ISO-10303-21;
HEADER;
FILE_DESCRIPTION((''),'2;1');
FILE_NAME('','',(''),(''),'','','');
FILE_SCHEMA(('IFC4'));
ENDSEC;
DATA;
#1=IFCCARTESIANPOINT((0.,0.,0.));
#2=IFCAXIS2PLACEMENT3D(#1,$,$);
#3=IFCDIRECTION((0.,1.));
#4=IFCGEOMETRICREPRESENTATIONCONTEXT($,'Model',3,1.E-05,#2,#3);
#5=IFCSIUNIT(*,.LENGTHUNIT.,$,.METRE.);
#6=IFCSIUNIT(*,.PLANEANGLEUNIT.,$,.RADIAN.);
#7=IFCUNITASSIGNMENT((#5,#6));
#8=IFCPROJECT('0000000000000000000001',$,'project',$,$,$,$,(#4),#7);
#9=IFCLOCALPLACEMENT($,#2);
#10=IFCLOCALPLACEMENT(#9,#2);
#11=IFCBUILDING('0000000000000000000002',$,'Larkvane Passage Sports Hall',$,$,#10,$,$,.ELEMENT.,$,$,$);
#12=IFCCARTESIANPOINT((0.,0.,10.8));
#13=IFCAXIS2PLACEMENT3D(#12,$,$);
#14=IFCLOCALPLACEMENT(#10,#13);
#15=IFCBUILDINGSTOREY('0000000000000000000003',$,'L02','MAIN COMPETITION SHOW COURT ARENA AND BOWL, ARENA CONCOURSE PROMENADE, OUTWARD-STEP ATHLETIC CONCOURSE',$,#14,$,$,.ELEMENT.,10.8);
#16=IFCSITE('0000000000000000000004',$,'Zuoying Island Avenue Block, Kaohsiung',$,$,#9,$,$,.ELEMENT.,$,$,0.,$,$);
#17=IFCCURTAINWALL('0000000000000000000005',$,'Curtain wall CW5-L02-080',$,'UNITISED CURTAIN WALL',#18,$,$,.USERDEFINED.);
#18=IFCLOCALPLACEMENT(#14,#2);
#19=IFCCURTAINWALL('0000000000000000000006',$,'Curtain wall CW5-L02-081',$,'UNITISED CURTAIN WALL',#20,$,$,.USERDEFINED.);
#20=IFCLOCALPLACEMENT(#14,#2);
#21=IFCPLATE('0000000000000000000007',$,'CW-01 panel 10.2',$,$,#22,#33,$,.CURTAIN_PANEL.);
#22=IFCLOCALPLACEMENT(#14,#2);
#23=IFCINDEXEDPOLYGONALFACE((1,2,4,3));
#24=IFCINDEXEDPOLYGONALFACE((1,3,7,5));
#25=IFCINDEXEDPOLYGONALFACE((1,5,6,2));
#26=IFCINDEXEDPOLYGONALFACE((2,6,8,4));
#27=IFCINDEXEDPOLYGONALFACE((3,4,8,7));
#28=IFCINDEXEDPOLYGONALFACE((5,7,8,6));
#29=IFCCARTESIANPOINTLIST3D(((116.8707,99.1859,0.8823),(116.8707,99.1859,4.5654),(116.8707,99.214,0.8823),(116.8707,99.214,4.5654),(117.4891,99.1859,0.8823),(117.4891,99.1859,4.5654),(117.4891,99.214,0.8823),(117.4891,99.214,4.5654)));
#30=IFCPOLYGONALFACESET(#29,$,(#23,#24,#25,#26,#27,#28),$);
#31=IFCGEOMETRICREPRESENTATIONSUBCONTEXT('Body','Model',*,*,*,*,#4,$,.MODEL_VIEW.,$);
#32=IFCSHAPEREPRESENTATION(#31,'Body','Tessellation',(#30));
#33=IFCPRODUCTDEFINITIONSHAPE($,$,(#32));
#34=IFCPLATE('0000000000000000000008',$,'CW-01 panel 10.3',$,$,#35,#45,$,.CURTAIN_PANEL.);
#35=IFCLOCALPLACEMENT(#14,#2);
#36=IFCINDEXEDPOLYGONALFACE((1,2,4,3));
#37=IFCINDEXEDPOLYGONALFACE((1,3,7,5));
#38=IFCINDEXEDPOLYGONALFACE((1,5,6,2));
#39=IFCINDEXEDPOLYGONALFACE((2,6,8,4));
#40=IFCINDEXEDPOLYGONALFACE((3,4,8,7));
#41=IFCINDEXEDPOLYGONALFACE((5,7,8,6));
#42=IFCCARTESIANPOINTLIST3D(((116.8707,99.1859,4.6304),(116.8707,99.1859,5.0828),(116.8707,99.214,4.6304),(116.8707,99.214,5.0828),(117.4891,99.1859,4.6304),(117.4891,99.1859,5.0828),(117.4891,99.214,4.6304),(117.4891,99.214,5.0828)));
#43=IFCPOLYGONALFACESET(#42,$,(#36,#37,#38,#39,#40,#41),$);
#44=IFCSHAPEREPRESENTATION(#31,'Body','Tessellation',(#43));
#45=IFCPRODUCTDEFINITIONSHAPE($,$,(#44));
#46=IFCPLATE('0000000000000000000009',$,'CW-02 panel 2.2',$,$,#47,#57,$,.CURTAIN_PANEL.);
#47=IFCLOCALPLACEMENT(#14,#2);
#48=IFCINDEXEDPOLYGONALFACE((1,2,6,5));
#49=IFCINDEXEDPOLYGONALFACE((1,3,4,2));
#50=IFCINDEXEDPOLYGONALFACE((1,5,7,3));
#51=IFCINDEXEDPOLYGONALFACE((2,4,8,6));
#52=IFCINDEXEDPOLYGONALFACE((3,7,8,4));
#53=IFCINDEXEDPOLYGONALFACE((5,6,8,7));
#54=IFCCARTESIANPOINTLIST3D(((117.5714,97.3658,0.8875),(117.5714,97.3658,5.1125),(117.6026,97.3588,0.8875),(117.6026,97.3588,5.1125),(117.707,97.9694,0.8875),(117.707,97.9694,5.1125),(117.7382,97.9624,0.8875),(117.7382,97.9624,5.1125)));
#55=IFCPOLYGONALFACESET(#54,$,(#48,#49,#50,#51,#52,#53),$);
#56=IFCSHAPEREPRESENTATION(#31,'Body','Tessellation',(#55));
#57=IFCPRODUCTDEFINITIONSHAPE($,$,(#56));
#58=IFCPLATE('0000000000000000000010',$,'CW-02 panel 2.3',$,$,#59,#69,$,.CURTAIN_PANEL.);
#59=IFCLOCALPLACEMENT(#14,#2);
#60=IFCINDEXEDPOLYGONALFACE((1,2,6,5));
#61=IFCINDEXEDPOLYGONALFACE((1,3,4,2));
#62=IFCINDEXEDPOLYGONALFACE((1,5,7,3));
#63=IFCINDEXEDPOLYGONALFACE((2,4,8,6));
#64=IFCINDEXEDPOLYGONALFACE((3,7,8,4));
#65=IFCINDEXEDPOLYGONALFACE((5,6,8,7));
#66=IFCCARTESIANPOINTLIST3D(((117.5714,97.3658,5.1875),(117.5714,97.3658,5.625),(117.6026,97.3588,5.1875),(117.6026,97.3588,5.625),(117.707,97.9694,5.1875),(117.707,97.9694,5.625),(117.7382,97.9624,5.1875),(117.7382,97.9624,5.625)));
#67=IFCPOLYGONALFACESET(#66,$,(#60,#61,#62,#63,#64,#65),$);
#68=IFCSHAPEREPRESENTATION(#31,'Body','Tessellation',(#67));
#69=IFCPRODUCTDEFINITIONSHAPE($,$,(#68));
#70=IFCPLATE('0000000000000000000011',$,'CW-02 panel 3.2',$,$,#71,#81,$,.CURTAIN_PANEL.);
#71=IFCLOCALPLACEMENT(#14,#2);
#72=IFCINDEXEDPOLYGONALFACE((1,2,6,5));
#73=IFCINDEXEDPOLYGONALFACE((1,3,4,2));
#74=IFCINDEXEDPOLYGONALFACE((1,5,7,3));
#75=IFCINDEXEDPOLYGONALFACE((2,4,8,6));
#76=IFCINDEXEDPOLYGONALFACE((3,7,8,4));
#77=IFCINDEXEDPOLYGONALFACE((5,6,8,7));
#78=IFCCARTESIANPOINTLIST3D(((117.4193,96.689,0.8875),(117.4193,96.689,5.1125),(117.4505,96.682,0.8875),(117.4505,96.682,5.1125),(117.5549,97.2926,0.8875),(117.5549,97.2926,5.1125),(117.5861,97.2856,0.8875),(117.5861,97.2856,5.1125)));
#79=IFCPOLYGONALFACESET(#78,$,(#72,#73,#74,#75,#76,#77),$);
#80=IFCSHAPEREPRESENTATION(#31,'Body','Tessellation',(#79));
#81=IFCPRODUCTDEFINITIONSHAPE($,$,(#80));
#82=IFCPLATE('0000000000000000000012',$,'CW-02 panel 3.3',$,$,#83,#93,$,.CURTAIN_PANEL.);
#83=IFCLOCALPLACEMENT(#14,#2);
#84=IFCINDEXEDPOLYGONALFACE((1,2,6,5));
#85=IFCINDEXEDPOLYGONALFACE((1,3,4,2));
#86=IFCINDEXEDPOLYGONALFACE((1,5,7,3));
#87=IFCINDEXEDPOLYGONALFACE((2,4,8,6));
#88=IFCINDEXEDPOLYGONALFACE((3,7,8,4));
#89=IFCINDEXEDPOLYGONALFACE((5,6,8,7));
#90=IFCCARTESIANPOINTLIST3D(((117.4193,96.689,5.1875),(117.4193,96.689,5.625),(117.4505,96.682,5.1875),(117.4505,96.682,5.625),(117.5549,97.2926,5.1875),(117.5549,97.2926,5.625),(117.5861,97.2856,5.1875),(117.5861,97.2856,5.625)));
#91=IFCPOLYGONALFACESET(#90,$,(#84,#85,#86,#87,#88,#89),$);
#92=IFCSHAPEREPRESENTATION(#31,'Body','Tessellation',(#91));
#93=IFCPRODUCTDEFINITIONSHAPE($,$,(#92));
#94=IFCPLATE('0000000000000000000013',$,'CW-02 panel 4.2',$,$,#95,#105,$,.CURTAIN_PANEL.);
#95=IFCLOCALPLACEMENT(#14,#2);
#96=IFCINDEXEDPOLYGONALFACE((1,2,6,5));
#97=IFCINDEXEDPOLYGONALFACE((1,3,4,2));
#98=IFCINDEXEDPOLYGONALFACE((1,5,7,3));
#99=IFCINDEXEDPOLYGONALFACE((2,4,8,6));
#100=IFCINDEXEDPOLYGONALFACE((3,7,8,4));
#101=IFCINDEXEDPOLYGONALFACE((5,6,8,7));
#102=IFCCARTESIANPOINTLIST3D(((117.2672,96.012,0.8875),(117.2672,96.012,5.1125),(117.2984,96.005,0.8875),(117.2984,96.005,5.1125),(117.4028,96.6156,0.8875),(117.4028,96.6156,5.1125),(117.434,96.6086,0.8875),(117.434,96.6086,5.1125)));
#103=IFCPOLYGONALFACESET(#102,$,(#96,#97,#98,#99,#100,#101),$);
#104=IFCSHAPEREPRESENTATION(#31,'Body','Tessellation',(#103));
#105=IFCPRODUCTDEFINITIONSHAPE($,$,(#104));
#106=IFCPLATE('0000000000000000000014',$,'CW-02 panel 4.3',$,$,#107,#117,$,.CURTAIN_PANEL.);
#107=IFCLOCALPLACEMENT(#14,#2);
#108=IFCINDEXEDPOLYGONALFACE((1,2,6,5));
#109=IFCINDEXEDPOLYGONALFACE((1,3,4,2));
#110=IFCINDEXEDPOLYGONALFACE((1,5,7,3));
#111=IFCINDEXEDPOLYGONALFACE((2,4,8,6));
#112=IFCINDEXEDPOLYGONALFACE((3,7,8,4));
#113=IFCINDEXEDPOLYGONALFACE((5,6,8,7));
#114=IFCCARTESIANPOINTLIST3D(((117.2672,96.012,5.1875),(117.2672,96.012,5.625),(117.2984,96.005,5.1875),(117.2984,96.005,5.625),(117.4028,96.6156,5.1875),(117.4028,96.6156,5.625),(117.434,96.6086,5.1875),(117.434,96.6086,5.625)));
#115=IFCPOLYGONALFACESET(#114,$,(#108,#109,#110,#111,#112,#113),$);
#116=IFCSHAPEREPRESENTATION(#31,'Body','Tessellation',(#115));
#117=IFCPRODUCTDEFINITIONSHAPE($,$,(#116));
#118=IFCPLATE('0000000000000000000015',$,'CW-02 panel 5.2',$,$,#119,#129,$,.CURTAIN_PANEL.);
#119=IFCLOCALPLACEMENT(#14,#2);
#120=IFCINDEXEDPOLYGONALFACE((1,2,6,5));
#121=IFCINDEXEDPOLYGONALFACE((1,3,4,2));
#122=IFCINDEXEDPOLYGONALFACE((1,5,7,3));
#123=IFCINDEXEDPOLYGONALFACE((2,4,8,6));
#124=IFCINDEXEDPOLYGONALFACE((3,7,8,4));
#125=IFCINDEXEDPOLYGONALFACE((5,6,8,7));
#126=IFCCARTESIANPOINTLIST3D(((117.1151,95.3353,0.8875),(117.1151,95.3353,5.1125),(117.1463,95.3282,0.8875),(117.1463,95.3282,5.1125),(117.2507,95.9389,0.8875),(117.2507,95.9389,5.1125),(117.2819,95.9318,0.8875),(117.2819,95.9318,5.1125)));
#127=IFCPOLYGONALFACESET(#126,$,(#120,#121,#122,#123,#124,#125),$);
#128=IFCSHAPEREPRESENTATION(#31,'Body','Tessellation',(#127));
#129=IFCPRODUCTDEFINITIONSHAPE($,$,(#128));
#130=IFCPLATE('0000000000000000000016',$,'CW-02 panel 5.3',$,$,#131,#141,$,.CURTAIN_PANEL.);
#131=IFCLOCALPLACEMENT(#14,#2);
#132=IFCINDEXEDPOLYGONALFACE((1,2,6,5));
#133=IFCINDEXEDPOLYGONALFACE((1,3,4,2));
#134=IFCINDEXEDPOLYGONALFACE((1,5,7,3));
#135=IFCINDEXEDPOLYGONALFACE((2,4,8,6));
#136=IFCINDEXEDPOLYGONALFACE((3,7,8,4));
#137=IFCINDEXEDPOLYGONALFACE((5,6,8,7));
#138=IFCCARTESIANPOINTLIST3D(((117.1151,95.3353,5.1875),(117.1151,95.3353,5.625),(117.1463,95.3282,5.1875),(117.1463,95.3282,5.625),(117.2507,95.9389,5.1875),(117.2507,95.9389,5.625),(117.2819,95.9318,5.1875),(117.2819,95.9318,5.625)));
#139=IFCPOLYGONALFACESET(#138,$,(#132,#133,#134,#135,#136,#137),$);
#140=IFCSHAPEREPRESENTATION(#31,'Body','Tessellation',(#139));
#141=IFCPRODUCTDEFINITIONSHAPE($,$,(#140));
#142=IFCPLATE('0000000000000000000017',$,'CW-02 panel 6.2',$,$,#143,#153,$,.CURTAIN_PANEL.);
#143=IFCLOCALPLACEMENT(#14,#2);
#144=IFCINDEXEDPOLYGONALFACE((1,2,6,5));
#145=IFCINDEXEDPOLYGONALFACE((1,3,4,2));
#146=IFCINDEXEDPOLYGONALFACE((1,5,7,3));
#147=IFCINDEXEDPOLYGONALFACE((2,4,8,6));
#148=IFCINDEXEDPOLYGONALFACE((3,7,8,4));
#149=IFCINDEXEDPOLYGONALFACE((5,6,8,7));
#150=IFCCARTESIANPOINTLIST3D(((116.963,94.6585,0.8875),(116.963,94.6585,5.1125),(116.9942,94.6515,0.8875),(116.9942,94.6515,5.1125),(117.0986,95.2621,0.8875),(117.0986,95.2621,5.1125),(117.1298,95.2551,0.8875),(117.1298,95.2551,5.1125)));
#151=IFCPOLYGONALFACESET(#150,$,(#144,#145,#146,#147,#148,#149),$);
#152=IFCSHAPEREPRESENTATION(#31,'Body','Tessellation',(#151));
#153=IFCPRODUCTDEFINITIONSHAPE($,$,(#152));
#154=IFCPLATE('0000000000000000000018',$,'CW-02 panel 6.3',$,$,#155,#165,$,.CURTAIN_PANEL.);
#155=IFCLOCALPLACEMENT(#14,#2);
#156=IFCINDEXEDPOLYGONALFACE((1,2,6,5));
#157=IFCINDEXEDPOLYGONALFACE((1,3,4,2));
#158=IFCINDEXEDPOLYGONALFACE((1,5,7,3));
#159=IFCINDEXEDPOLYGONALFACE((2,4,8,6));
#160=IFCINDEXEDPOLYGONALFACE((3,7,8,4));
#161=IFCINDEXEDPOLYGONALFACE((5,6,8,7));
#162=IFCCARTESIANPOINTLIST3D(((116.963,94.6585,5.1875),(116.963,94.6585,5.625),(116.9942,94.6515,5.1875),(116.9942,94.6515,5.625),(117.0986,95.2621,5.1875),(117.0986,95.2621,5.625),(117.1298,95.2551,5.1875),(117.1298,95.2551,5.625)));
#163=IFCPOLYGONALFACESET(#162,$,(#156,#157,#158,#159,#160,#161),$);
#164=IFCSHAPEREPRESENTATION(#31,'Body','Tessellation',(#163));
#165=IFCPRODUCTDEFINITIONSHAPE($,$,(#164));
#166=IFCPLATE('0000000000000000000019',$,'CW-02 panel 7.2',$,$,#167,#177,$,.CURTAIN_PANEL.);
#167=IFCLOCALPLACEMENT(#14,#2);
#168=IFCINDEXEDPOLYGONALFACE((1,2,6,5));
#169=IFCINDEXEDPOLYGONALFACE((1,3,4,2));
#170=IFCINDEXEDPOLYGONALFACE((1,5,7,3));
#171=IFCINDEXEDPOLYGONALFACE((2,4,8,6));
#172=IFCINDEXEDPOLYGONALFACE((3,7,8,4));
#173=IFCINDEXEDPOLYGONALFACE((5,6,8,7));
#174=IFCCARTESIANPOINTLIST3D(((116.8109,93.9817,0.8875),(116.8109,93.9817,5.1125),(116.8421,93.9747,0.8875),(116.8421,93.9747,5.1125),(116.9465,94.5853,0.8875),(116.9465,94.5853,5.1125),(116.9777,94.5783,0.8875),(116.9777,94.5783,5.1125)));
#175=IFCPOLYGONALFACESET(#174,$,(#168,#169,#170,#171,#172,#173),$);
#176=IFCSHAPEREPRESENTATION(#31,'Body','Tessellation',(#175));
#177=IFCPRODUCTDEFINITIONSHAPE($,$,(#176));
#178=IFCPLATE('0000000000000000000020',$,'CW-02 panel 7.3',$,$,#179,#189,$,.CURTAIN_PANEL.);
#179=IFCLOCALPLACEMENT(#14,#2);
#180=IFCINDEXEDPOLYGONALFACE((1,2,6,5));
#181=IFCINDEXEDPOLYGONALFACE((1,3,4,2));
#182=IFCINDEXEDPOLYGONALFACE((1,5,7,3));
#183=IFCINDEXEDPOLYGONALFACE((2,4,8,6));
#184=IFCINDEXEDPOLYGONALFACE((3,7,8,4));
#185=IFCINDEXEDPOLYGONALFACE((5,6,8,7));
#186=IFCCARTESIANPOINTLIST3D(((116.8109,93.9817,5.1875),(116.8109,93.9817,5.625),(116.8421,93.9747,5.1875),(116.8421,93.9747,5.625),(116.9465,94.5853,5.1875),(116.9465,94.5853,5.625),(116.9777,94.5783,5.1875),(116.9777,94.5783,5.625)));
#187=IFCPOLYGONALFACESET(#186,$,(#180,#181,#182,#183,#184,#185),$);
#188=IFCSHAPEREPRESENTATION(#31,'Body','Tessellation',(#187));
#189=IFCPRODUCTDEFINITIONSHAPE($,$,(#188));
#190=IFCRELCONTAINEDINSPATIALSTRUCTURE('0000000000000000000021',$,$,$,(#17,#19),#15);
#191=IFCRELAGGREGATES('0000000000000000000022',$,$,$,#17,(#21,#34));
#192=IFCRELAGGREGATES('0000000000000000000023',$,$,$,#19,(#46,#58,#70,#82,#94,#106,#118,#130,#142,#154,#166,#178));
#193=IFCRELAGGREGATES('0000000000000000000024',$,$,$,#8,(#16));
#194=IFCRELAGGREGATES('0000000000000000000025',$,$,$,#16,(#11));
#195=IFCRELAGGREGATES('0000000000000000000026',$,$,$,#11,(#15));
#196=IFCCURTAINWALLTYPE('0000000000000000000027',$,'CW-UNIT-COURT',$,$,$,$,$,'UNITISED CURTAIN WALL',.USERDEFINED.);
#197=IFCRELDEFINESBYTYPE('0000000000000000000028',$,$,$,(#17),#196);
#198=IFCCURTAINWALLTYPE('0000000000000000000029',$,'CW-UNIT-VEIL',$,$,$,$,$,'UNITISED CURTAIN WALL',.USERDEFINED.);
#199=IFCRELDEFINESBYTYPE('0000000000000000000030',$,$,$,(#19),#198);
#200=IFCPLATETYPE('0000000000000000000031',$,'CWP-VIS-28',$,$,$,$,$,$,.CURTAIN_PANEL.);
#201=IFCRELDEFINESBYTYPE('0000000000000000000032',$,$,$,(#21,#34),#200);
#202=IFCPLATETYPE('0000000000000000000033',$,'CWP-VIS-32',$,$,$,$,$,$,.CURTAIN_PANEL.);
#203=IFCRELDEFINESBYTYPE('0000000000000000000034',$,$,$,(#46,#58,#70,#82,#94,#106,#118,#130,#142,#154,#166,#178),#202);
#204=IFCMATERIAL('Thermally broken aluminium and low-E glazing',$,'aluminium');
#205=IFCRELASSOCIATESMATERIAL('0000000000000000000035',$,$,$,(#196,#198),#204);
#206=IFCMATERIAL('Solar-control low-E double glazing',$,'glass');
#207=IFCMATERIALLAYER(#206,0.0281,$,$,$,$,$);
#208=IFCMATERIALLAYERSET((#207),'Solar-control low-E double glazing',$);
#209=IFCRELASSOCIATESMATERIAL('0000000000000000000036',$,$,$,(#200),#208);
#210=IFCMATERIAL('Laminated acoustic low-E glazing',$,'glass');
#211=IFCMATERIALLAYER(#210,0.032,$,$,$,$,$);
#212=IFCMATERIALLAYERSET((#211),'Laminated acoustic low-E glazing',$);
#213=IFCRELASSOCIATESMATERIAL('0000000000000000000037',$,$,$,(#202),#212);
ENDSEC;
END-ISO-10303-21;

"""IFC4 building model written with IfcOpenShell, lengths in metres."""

from ifc_helpers import new_model, si_unit, direction, frame, origin, origin_2d, place, context, subcontext, project, spatial, rectangle, extrude, material, layer, layer_set, type_object, element, aggregate, save


model = new_model("IFC4")

# Units and contexts
model_context = context("Model", 3, precision=1e-05, world=origin(), true_north=direction((0.0, 1.0)))
body_context = subcontext(model_context, "Body", "Model", "MODEL_VIEW")
ifc_project = project(units=[si_unit("LENGTHUNIT", "METRE"), si_unit("PLANEANGLEUNIT", "RADIAN")], contexts=[model_context])

# Site, building, storey
site_placement = place(None, origin())
site = spatial("IfcSite", under=ifc_project, at=site_placement, Name="Zuoying Island Avenue Block, Kaohsiung", CompositionType="ELEMENT", RefElevation=0.0)
building_placement = place(site_placement, origin())
building = spatial("IfcBuilding", under=site, at=building_placement, Name="Larkvane Passage Sports Hall", CompositionType="ELEMENT")
storey_placement = place(building_placement, frame((0.0, 0.0, 10.8)))
storey = spatial("IfcBuildingStorey", under=building, at=storey_placement, Name="L02", Description="MAIN COMPETITION SHOW COURT ARENA AND BOWL, ARENA CONCOURSE PROMENADE, OUTWARD-STEP ATHLETIC CONCOURSE", CompositionType="ELEMENT", Elevation=10.8)

# Curtain wall
ifc_material_1 = material(Name="Thermally broken aluminium and low-E glazing", Category="aluminium")
curtain_wall_type_1 = type_object("IfcCurtainWallType", Name="CW-UNIT-COURT", ElementType="UNITISED CURTAIN WALL", PredefinedType="USERDEFINED", material=ifc_material_1)
curtain_wall_1_placement = place(storey_placement, origin())
curtain_wall_1 = element("IfcCurtainWall", 1, at=curtain_wall_1_placement, inside=storey, type_object=curtain_wall_type_1, Name="Curtain wall CW5-L02-080", ObjectType="UNITISED CURTAIN WALL", PredefinedType="USERDEFINED")

# Curtain wall
curtain_wall_type_2 = type_object("IfcCurtainWallType", Name="CW-UNIT-VEIL", ElementType="UNITISED CURTAIN WALL", PredefinedType="USERDEFINED", material=ifc_material_1)
curtain_wall_2_placement = place(storey_placement, origin())
curtain_wall_2 = element("IfcCurtainWall", 2, at=curtain_wall_2_placement, inside=storey, type_object=curtain_wall_type_2, Name="Curtain wall CW5-L02-081", ObjectType="UNITISED CURTAIN WALL", PredefinedType="USERDEFINED")

# Plates
ifc_material_2 = material(Name="Solar-control low-E double glazing", Category="glass")
ifc_layer_1 = layer(ifc_material_2, 0.0281)
ifc_layer_set_1 = layer_set([ifc_layer_1], Name="Solar-control low-E double glazing")
plate_type_1 = type_object("IfcPlateType", Name="CWP-VIS-28", PredefinedType="CURTAIN_PANEL", material=ifc_layer_set_1)
plate_1_placement = place(storey_placement, frame((117.1799, 99.2, 0.8823), z_axis=(0.0, 0.0, 1.0), x_axis=(1.0, 0.0, 0.0)))
plate_1 = element("IfcPlate", 3, at=plate_1_placement, type_object=plate_type_1, Name="CW-01 panel 10.2", PredefinedType="CURTAIN_PANEL", context=body_context, shape_type="SweptSolid", body=[
    extrude(rectangle(XDim=0.6184, YDim=0.0281, at=origin_2d()), origin(), (0.0, 0.0, 1.0), 3.6831),
])
plate_2_placement = place(storey_placement, frame((117.1799, 99.2, 4.6304), z_axis=(0.0, 0.0, 1.0), x_axis=(1.0, 0.0, 0.0)))
plate_2 = element("IfcPlate", 4, at=plate_2_placement, type_object=plate_type_1, Name="CW-01 panel 10.3", PredefinedType="CURTAIN_PANEL", context=body_context, shape_type="SweptSolid", body=[
    extrude(rectangle(XDim=0.6184, YDim=0.0281, at=origin_2d()), origin(), (0.0, 0.0, 1.0), 0.4524),
])
aggregate(curtain_wall_1, [plate_1, plate_2])
ifc_material_3 = material(Name="Laminated acoustic low-E glazing", Category="glass")
ifc_layer_2 = layer(ifc_material_3, 0.032)
ifc_layer_set_2 = layer_set([ifc_layer_2], Name="Laminated acoustic low-E glazing")
plate_type_2 = type_object("IfcPlateType", Name="CWP-VIS-32", PredefinedType="CURTAIN_PANEL", material=ifc_layer_set_2)
plate_3_placement = place(storey_placement, frame((117.6548, 97.6641, 0.8875), z_axis=(0.0, 0.0, 1.0), x_axis=(-0.219257, -0.975667, 0.0)))
plate_3 = element("IfcPlate", 5, at=plate_3_placement, type_object=plate_type_2, Name="CW-02 panel 2.2", PredefinedType="CURTAIN_PANEL", context=body_context, shape_type="SweptSolid", body=[
    extrude(rectangle(XDim=0.6187, YDim=0.032, at=origin_2d()), origin(), (0.0, 0.0, 1.0), 4.2251),
])
plate_4_placement = place(storey_placement, frame((117.6548, 97.6641, 5.1875), z_axis=(0.0, 0.0, 1.0), x_axis=(-0.219257, -0.975667, 0.0)))
plate_4 = element("IfcPlate", 6, at=plate_4_placement, type_object=plate_type_2, Name="CW-02 panel 2.3", PredefinedType="CURTAIN_PANEL", context=body_context, shape_type="SweptSolid", body=[
    extrude(rectangle(XDim=0.6187, YDim=0.032, at=origin_2d()), origin(), (0.0, 0.0, 1.0), 0.4375),
])
plate_5_placement = place(storey_placement, frame((117.5027, 96.9873, 0.8875), z_axis=(0.0, 0.0, 1.0), x_axis=(-0.219257, -0.975667, 0.0)))
plate_5 = element("IfcPlate", 7, at=plate_5_placement, type_object=plate_type_2, Name="CW-02 panel 3.2", PredefinedType="CURTAIN_PANEL", context=body_context, shape_type="SweptSolid", body=[
    extrude(rectangle(XDim=0.6187, YDim=0.032, at=origin_2d()), origin(), (0.0, 0.0, 1.0), 4.2251),
])
plate_6_placement = place(storey_placement, frame((117.5027, 96.9873, 5.1875), z_axis=(0.0, 0.0, 1.0), x_axis=(-0.219257, -0.975667, 0.0)))
plate_6 = element("IfcPlate", 8, at=plate_6_placement, type_object=plate_type_2, Name="CW-02 panel 3.3", PredefinedType="CURTAIN_PANEL", context=body_context, shape_type="SweptSolid", body=[
    extrude(rectangle(XDim=0.6187, YDim=0.032, at=origin_2d()), origin(), (0.0, 0.0, 1.0), 0.4375),
])
plate_7_placement = place(storey_placement, frame((117.3506, 96.3103, 0.8875), z_axis=(0.0, 0.0, 1.0), x_axis=(-0.219257, -0.975667, 0.0)))
plate_7 = element("IfcPlate", 9, at=plate_7_placement, type_object=plate_type_2, Name="CW-02 panel 4.2", PredefinedType="CURTAIN_PANEL", context=body_context, shape_type="SweptSolid", body=[
    extrude(rectangle(XDim=0.6187, YDim=0.032, at=origin_2d()), origin(), (0.0, 0.0, 1.0), 4.2251),
])
plate_8_placement = place(storey_placement, frame((117.3506, 96.3103, 5.1875), z_axis=(0.0, 0.0, 1.0), x_axis=(-0.219257, -0.975667, 0.0)))
plate_8 = element("IfcPlate", 10, at=plate_8_placement, type_object=plate_type_2, Name="CW-02 panel 4.3", PredefinedType="CURTAIN_PANEL", context=body_context, shape_type="SweptSolid", body=[
    extrude(rectangle(XDim=0.6187, YDim=0.032, at=origin_2d()), origin(), (0.0, 0.0, 1.0), 0.4375),
])
plate_9_placement = place(storey_placement, frame((117.1985, 95.6335, 0.8875), z_axis=(0.0, 0.0, 1.0), x_axis=(-0.219257, -0.975667, 0.0)))
plate_9 = element("IfcPlate", 11, at=plate_9_placement, type_object=plate_type_2, Name="CW-02 panel 5.2", PredefinedType="CURTAIN_PANEL", context=body_context, shape_type="SweptSolid", body=[
    extrude(rectangle(XDim=0.6187, YDim=0.032, at=origin_2d()), origin(), (0.0, 0.0, 1.0), 4.2251),
])
plate_10_placement = place(storey_placement, frame((117.1985, 95.6335, 5.1875), z_axis=(0.0, 0.0, 1.0), x_axis=(-0.219257, -0.975667, 0.0)))
plate_10 = element("IfcPlate", 12, at=plate_10_placement, type_object=plate_type_2, Name="CW-02 panel 5.3", PredefinedType="CURTAIN_PANEL", context=body_context, shape_type="SweptSolid", body=[
    extrude(rectangle(XDim=0.6187, YDim=0.032, at=origin_2d()), origin(), (0.0, 0.0, 1.0), 0.4375),
])
plate_11_placement = place(storey_placement, frame((117.0464, 94.9568, 0.8875), z_axis=(0.0, 0.0, 1.0), x_axis=(-0.219257, -0.975667, 0.0)))
plate_11 = element("IfcPlate", 13, at=plate_11_placement, type_object=plate_type_2, Name="CW-02 panel 6.2", PredefinedType="CURTAIN_PANEL", context=body_context, shape_type="SweptSolid", body=[
    extrude(rectangle(XDim=0.6187, YDim=0.032, at=origin_2d()), origin(), (0.0, 0.0, 1.0), 4.2251),
])
plate_12_placement = place(storey_placement, frame((117.0464, 94.9568, 5.1875), z_axis=(0.0, 0.0, 1.0), x_axis=(-0.219257, -0.975667, 0.0)))
plate_12 = element("IfcPlate", 14, at=plate_12_placement, type_object=plate_type_2, Name="CW-02 panel 6.3", PredefinedType="CURTAIN_PANEL", context=body_context, shape_type="SweptSolid", body=[
    extrude(rectangle(XDim=0.6187, YDim=0.032, at=origin_2d()), origin(), (0.0, 0.0, 1.0), 0.4375),
])
plate_13_placement = place(storey_placement, frame((116.8943, 94.28, 0.8875), z_axis=(0.0, 0.0, 1.0), x_axis=(-0.219257, -0.975667, 0.0)))
plate_13 = element("IfcPlate", 15, at=plate_13_placement, type_object=plate_type_2, Name="CW-02 panel 7.2", PredefinedType="CURTAIN_PANEL", context=body_context, shape_type="SweptSolid", body=[
    extrude(rectangle(XDim=0.6187, YDim=0.032, at=origin_2d()), origin(), (0.0, 0.0, 1.0), 4.2251),
])
plate_14_placement = place(storey_placement, frame((116.8943, 94.28, 5.1875), z_axis=(0.0, 0.0, 1.0), x_axis=(-0.219257, -0.975667, 0.0)))
plate_14 = element("IfcPlate", 16, at=plate_14_placement, type_object=plate_type_2, Name="CW-02 panel 7.3", PredefinedType="CURTAIN_PANEL", context=body_context, shape_type="SweptSolid", body=[
    extrude(rectangle(XDim=0.6187, YDim=0.032, at=origin_2d()), origin(), (0.0, 0.0, 1.0), 0.4375),
])
aggregate(curtain_wall_2, [plate_3, plate_4, plate_5, plate_6, plate_7, plate_8, plate_9, plate_10, plate_11, plate_12, plate_13, plate_14])

save(model, "model.ifc")
